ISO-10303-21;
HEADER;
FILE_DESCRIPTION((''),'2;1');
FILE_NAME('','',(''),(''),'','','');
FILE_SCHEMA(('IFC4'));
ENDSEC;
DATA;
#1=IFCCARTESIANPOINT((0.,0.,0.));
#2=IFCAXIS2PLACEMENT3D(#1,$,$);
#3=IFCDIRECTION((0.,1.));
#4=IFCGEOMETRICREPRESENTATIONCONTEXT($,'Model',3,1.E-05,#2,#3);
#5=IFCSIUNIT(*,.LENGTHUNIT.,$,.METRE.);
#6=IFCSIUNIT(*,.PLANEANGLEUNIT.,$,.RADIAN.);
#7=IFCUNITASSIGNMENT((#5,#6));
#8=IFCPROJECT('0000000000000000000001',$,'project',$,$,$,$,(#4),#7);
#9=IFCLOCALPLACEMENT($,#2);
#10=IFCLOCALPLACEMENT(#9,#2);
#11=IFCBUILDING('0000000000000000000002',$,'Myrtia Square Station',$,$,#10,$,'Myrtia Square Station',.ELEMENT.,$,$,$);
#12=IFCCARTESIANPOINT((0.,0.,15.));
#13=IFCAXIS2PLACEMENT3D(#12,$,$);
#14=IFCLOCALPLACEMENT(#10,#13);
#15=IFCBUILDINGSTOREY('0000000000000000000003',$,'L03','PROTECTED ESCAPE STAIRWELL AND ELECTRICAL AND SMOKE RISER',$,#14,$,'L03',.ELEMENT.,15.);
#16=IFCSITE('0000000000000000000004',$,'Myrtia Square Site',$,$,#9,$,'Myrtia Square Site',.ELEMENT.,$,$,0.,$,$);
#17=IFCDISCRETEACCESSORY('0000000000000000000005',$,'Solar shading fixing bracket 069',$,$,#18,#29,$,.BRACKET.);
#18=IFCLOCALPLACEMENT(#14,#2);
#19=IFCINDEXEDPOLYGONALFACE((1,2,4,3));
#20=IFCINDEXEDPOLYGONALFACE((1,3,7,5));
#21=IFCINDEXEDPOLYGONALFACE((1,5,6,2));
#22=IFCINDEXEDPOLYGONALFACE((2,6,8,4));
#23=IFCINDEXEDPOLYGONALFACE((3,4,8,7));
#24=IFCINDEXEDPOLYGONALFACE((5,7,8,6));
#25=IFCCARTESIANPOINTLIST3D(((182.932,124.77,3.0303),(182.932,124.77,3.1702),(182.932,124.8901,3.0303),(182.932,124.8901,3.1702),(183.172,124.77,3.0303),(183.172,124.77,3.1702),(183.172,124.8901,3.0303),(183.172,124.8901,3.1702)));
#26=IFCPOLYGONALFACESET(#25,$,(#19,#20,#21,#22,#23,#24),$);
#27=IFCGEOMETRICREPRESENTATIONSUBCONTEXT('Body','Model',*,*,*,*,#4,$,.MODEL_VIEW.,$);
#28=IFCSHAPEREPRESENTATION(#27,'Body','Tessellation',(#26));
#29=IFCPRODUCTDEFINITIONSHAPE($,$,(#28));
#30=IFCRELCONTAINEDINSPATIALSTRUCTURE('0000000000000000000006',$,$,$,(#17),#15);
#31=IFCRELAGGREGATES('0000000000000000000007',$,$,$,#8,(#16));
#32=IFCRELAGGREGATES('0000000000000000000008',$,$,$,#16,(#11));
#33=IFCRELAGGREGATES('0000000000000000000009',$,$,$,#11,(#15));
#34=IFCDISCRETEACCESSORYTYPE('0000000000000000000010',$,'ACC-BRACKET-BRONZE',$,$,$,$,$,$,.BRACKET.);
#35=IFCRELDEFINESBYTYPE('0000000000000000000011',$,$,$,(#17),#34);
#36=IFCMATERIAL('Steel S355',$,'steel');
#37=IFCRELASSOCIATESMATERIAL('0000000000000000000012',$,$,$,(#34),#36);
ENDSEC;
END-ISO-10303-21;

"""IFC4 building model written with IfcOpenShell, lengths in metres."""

from ifc_helpers import new_model, si_unit, direction, frame, origin, origin_2d, place, context, subcontext, project, spatial, rectangle, extrude, material, type_object, element, save


model = new_model("IFC4")

# Units and contexts
model_context = context("Model", 3, precision=1e-05, world=origin(), true_north=direction((0.0, 1.0)))
body_context = subcontext(model_context, "Body", "Model", "MODEL_VIEW")
ifc_project = project(units=[si_unit("LENGTHUNIT", "METRE"), si_unit("PLANEANGLEUNIT", "RADIAN")], contexts=[model_context])

# Site, building, storey
site_placement = place(None, origin())
site = spatial("IfcSite", under=ifc_project, at=site_placement, Name="Myrtia Square Site", LongName="Myrtia Square Site", CompositionType="ELEMENT", RefElevation=0.0)
building_placement = place(site_placement, origin())
building = spatial("IfcBuilding", under=site, at=building_placement, Name="Myrtia Square Station", LongName="Myrtia Square Station", CompositionType="ELEMENT")
storey_placement = place(building_placement, frame((0.0, 0.0, 15.0)))
storey = spatial("IfcBuildingStorey", under=building, at=storey_placement, Name="L03", Description="PROTECTED ESCAPE STAIRWELL AND ELECTRICAL AND SMOKE RISER", LongName="L03", CompositionType="ELEMENT", Elevation=15.0)

# Shared definitions
ifc_material_1 = material(Name="Steel S355", Category="steel")

# Discrete accessory
discrete_accessory_type = type_object("IfcDiscreteAccessoryType", Name="ACC-BRACKET-BRONZE", PredefinedType="BRACKET", material=ifc_material_1)
for number, where, z_axis, x_axis, name in (
    (1, (183.052, 124.8301, 3.0303), (0.0, 0.0, 1.0), (1.0, 0.0, 0.0), "Solar shading fixing bracket 069"),
):
    element("IfcDiscreteAccessory", number, at=place(storey_placement, frame(where, z_axis=z_axis, x_axis=x_axis)), inside=storey, type_object=discrete_accessory_type, Name=name, PredefinedType="BRACKET", context=body_context, shape_type="SweptSolid", body=[
        extrude(rectangle(XDim=0.24, YDim=0.1201, at=origin_2d()), origin(), (0.0, 0.0, 1.0), 0.1399),
    ])

save(model, "model.ifc")
